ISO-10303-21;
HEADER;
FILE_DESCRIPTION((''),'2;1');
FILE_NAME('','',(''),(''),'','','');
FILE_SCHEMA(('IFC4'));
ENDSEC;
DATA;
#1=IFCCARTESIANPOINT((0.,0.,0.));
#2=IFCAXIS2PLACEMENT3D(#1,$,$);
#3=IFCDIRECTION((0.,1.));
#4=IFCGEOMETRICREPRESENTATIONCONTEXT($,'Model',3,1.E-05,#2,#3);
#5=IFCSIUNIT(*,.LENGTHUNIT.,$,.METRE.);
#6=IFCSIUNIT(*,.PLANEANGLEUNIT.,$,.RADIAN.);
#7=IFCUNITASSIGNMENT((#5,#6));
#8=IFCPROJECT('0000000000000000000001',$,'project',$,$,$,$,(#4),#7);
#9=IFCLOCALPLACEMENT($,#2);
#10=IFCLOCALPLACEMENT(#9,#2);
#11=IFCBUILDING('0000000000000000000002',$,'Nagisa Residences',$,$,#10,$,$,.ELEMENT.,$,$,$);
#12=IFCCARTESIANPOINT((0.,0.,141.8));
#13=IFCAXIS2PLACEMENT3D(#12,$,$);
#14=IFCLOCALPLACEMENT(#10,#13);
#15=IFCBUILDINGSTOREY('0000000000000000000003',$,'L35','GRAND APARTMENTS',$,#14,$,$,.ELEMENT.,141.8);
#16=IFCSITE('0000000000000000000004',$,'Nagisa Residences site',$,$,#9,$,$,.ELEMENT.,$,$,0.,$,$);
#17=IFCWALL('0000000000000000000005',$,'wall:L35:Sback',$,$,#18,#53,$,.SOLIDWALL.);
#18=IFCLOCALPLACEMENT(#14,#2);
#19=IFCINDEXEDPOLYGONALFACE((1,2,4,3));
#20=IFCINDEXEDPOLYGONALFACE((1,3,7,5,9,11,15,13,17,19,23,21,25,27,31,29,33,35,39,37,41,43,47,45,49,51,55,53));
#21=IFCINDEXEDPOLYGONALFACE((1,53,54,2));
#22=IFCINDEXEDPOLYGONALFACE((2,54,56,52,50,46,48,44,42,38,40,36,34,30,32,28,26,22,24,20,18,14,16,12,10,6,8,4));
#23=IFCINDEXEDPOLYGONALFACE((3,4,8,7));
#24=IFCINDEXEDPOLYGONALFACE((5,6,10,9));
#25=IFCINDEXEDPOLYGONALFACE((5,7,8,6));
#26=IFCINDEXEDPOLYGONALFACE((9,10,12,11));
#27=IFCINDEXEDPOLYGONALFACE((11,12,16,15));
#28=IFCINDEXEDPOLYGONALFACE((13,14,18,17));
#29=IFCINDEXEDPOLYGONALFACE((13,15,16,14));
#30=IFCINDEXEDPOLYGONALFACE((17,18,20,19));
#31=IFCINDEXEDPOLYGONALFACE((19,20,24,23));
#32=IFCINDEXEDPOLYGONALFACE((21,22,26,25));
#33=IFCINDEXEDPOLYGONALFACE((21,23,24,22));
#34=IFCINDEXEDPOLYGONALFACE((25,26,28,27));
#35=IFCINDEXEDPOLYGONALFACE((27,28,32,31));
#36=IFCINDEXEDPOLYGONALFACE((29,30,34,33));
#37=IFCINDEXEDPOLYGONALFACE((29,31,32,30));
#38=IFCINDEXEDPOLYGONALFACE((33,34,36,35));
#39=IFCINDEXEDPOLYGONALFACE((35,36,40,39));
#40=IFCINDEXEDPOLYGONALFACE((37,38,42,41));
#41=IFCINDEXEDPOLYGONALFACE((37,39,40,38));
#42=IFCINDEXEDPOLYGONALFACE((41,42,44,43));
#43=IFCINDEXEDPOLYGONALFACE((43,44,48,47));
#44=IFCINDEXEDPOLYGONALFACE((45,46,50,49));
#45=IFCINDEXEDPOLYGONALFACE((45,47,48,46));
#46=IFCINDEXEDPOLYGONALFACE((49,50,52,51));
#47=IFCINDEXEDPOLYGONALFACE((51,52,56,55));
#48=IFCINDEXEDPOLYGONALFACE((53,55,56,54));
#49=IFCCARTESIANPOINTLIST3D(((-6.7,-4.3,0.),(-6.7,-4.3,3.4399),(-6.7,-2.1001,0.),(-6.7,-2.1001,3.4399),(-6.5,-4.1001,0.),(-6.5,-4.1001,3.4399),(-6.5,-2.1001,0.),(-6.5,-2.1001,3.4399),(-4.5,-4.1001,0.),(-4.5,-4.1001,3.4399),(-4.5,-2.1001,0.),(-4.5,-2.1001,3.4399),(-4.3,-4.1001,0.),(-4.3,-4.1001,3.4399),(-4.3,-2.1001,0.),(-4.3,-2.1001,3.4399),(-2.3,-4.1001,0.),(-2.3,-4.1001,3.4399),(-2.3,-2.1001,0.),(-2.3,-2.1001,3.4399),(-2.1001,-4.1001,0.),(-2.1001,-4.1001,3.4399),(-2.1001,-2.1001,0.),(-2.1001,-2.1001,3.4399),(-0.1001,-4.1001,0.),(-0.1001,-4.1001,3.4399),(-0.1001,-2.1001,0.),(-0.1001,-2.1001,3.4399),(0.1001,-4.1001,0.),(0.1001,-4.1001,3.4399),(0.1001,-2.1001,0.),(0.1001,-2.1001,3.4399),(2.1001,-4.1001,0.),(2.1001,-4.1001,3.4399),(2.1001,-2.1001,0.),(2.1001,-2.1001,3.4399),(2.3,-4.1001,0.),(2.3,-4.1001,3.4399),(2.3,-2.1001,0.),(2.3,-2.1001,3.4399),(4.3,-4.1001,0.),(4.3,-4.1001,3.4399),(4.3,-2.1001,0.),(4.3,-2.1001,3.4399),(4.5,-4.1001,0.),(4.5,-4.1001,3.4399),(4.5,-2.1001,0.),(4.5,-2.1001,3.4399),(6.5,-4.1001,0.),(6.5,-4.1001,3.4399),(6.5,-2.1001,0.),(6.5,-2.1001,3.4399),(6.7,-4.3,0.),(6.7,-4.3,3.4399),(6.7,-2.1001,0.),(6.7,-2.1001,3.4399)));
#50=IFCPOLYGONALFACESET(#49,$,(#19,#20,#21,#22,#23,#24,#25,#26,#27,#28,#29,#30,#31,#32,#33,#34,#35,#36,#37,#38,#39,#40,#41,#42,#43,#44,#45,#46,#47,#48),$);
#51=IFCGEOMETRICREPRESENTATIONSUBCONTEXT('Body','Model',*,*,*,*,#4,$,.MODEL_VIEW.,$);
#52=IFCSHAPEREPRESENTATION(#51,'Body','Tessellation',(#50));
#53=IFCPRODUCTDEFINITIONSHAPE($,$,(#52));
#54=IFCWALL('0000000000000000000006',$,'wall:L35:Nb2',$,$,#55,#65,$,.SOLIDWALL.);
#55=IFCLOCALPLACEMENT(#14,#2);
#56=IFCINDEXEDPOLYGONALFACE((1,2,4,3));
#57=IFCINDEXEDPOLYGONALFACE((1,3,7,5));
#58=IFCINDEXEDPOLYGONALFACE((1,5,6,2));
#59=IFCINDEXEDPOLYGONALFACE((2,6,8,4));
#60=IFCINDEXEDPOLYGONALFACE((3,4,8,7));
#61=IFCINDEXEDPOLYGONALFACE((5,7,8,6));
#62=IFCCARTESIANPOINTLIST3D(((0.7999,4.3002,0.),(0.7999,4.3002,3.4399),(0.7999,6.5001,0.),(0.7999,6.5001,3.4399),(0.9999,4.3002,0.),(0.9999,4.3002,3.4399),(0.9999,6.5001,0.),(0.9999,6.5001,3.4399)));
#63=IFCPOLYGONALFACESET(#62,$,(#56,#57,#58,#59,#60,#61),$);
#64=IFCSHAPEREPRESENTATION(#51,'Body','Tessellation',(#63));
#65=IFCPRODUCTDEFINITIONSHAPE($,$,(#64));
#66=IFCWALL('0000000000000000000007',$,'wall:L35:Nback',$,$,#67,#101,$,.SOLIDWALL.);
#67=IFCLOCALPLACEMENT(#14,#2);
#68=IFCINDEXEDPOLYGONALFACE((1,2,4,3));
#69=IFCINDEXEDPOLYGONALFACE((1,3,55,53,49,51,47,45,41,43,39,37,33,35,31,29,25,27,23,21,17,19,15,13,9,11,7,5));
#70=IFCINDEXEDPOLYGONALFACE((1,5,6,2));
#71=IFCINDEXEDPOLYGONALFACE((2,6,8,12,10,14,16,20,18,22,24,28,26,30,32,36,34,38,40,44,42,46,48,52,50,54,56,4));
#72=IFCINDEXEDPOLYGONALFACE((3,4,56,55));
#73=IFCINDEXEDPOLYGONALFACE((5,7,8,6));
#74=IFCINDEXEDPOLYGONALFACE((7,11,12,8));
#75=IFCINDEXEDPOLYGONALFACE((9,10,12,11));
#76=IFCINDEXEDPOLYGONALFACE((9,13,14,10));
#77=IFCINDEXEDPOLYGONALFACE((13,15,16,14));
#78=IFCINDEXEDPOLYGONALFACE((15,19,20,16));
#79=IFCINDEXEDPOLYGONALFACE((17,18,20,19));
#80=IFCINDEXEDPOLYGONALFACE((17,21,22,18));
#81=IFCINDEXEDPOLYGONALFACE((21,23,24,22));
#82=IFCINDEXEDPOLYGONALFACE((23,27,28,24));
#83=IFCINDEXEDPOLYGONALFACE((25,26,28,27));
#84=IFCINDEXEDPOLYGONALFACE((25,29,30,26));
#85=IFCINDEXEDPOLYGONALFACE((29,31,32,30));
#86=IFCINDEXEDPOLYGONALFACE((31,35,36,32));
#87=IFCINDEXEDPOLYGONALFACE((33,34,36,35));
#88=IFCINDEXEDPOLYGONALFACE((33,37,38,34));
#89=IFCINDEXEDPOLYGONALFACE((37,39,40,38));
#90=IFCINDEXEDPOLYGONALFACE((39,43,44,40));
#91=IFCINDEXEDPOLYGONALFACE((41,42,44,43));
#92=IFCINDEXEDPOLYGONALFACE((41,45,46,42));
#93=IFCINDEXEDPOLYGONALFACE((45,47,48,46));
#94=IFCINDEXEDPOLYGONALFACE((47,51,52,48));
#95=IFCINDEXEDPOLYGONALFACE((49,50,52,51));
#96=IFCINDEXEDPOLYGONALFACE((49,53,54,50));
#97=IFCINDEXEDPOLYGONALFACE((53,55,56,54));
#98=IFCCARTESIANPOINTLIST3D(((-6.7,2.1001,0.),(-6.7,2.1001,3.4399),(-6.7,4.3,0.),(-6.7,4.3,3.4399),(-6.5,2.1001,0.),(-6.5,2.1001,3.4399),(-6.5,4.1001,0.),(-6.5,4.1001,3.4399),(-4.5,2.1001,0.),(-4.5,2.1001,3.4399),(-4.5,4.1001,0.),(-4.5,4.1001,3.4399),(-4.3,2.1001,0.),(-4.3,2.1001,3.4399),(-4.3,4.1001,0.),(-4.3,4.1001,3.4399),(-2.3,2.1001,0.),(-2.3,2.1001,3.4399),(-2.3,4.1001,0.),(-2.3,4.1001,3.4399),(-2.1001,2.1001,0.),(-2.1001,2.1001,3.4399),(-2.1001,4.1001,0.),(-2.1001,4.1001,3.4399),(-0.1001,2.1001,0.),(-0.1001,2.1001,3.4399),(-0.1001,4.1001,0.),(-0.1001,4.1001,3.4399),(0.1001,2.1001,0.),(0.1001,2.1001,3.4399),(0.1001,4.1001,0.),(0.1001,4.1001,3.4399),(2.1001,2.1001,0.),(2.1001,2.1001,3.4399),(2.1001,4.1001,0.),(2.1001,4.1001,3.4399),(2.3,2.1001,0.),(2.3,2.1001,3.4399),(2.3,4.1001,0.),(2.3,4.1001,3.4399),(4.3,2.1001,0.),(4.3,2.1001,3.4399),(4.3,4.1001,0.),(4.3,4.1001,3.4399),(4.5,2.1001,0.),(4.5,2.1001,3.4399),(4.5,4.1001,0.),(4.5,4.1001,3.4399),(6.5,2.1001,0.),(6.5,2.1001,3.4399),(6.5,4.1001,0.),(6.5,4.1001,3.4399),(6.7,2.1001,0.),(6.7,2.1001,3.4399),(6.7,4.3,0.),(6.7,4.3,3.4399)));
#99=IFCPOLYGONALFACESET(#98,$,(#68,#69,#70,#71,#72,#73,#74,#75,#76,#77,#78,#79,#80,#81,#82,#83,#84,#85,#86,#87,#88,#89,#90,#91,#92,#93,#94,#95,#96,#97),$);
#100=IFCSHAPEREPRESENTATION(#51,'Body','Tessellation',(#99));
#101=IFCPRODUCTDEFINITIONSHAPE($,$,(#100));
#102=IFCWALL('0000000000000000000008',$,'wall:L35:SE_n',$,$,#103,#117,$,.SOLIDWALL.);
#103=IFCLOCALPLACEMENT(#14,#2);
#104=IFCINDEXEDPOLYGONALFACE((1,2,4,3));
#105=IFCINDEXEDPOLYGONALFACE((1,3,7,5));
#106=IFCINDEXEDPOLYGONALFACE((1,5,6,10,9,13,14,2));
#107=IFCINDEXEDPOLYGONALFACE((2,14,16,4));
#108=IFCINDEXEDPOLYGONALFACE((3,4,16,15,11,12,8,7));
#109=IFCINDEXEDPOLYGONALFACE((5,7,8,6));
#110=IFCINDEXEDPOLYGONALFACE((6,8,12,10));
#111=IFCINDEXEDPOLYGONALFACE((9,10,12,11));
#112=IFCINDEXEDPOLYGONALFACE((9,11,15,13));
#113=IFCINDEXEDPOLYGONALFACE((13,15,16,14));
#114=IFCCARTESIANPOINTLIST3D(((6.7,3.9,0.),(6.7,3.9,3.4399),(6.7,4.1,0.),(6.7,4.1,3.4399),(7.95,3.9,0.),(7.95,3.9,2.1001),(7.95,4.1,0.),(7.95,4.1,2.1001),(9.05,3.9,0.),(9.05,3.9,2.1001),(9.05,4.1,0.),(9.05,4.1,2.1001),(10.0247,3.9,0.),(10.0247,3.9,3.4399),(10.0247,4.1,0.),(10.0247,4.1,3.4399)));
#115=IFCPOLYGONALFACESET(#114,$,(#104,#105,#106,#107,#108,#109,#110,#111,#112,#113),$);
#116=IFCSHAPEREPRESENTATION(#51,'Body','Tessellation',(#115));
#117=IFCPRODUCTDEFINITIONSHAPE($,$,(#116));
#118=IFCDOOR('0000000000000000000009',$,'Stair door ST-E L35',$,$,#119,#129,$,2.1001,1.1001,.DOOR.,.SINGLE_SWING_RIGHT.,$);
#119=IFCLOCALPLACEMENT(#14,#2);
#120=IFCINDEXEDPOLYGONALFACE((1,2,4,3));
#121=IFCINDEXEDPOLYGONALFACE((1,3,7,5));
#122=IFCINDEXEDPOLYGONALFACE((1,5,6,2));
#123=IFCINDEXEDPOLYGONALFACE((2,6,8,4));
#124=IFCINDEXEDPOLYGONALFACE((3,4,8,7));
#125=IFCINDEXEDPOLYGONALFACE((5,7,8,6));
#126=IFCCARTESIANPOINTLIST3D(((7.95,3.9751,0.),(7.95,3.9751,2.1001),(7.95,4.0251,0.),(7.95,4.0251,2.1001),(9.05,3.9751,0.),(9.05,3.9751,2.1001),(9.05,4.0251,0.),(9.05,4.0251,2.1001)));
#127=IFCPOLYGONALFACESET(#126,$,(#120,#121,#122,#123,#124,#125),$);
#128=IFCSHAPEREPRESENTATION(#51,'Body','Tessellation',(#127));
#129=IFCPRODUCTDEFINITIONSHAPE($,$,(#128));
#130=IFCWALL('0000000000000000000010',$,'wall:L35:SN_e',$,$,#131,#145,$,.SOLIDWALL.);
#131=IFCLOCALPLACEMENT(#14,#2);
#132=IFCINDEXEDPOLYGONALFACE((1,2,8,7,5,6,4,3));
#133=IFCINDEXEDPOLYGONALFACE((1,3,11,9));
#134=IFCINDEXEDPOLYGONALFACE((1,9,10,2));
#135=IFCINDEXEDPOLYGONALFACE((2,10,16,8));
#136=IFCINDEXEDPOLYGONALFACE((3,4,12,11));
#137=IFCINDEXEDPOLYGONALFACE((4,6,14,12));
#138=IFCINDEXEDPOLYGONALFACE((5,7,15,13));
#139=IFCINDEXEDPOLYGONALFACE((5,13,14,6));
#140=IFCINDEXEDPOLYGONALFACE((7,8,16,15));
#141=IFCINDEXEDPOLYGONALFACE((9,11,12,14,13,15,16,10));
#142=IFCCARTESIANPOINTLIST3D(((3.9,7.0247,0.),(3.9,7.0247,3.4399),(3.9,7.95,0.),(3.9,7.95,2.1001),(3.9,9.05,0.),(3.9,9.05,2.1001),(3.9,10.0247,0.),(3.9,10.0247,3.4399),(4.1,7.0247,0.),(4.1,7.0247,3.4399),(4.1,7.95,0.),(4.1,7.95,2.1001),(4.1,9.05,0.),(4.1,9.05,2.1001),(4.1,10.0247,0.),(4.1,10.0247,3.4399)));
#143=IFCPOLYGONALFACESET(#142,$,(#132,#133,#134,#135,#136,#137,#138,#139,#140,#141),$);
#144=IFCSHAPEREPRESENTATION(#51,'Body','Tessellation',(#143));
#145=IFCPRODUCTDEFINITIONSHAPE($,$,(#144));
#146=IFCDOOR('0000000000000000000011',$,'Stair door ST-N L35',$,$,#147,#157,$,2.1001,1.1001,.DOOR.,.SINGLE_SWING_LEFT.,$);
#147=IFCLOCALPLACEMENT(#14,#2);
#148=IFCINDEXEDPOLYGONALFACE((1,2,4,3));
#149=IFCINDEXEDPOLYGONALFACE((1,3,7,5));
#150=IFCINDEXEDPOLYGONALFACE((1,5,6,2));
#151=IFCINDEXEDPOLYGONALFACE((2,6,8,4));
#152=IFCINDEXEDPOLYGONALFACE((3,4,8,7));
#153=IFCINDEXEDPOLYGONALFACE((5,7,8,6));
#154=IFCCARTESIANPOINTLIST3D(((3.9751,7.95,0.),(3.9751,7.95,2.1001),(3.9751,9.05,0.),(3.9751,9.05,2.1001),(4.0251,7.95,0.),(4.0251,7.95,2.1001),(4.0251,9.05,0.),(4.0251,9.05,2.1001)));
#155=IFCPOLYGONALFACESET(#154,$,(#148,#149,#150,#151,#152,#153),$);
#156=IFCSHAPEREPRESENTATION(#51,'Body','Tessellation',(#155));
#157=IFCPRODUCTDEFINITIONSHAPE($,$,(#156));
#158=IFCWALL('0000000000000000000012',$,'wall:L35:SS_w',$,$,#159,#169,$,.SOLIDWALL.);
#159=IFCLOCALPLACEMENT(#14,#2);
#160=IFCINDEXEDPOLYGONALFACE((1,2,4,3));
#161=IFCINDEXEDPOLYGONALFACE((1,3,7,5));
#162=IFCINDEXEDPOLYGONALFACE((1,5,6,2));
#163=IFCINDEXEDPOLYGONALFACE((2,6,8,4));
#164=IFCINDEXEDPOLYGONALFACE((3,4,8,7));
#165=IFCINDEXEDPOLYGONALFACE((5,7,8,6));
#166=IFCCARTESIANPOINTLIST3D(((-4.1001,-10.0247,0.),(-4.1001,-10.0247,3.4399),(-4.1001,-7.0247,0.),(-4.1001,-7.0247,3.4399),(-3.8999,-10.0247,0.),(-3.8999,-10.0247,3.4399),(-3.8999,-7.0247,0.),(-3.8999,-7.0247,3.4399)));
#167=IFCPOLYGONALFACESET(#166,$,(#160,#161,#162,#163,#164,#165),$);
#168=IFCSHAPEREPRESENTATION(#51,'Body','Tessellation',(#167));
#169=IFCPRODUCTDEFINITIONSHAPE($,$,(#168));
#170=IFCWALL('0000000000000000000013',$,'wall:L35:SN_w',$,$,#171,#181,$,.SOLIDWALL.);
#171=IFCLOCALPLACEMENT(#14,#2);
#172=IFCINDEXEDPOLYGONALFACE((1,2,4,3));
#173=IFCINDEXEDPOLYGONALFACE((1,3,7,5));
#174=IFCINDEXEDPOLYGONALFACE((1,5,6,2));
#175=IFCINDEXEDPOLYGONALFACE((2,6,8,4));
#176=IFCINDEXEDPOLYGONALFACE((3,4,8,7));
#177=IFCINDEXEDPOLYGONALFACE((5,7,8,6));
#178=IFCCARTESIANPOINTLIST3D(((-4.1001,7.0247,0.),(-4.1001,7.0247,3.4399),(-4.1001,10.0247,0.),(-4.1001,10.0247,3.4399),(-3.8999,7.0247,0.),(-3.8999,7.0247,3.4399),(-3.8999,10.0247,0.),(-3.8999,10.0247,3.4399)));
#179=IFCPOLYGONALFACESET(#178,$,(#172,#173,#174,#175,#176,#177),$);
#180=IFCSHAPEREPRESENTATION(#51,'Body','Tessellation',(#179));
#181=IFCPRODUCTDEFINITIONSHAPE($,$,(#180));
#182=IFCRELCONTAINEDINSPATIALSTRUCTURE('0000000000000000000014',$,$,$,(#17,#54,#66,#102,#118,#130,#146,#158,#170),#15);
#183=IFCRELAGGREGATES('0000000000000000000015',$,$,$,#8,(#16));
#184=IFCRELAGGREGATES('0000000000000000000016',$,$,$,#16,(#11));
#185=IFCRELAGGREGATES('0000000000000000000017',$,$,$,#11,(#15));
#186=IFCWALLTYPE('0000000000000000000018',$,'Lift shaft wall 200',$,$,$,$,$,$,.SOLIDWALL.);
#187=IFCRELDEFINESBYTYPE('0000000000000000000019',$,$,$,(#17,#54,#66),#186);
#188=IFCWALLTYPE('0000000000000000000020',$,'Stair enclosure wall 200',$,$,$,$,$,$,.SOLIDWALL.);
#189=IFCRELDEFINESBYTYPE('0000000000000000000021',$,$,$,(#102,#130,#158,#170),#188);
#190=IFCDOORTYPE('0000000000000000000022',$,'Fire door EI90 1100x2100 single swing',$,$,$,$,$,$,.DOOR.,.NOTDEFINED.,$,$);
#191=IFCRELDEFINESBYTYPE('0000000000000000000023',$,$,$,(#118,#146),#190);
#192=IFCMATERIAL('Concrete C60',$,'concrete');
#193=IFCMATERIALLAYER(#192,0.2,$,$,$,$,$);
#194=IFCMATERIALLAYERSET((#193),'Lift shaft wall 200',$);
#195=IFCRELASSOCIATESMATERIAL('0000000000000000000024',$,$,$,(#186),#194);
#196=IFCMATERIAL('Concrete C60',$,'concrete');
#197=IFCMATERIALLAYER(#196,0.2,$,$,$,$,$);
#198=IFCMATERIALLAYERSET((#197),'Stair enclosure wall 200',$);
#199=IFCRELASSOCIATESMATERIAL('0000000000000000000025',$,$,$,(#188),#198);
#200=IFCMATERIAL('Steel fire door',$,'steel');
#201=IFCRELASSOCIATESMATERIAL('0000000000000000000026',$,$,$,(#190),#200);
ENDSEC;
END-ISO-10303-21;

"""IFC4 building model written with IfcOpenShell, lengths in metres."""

from ifc_helpers import new_model, si_unit, direction, frame, frame_2d, origin, place, context, subcontext, project, spatial, polyline, rectangle, outline, extrude, material, layer, layer_set, type_object, element, fill, save


model = new_model("IFC4")

# Units and contexts
model_context = context("Model", 3, precision=1e-05, world=origin(), true_north=direction((0.0, 1.0)))
body_context = subcontext(model_context, "Body", "Model", "MODEL_VIEW")
ifc_project = project(units=[si_unit("LENGTHUNIT", "METRE"), si_unit("PLANEANGLEUNIT", "RADIAN")], contexts=[model_context])

# Site, building, storey
site_placement = place(None, origin())
site = spatial("IfcSite", under=ifc_project, at=site_placement, Name="Nagisa Residences site", CompositionType="ELEMENT", RefElevation=0.0)
building_placement = place(site_placement, origin())
building = spatial("IfcBuilding", under=site, at=building_placement, Name="Nagisa Residences", CompositionType="ELEMENT")
storey_placement = place(building_placement, frame((0.0, 0.0, 141.8)))
storey = spatial("IfcBuildingStorey", under=building, at=storey_placement, Name="L35", Description="GRAND APARTMENTS", CompositionType="ELEMENT", Elevation=141.8)

# Shared definitions
ifc_material_1 = material(Name="Concrete C60", Category="concrete")
ifc_layer_1 = layer(ifc_material_1, 0.2)
ifc_layer_set_1 = layer_set([ifc_layer_1], Name="Lift shaft wall 200")
wall_type_1 = type_object("IfcWallType", Name="Lift shaft wall 200", PredefinedType="SOLIDWALL", material=ifc_layer_set_1)

# Walls
wall_1_placement = place(storey_placement, origin())
element("IfcWall", 1, at=wall_1_placement, inside=storey, type_object=wall_type_1, Name="wall:L35:Sback", PredefinedType="SOLIDWALL", context=body_context, shape_type="SweptSolid", body=[
    extrude(outline(polyline([(-6.7, -2.1001), (-6.5, -2.1001), (-6.5, -4.1001), (-4.5, -4.1001), (-4.5, -2.1001), (-4.3, -2.1001), (-4.3, -4.1001), (-2.3, -4.1001), (-2.3, -2.1001), (-2.1001, -2.1001), (-2.1001, -4.1001), (-0.1001, -4.1001), (-0.1001, -2.1001), (0.1001, -2.1001), (0.1001, -4.1001), (2.1001, -4.1001), (2.1001, -2.1001), (2.3, -2.1001), (2.3, -4.1001), (4.3, -4.1001), (4.3, -2.1001), (4.5, -2.1001), (4.5, -4.1001), (6.5, -4.1001), (6.5, -2.1001), (6.7, -2.1001), (6.7, -4.3), (-6.7, -4.3), (-6.7, -2.1001)])), origin(), (0.0, 0.0, 1.0), 3.4399),
])
wall_2_placement = place(storey_placement, frame((0.8999, 4.3, 0.0), z_axis=(0.0, 0.0, 1.0), x_axis=(0.0, 1.0, 0.0)))
element("IfcWall", 2, at=wall_2_placement, inside=storey, type_object=wall_type_1, Name="wall:L35:Nb2", PredefinedType="SOLIDWALL", context=body_context, shape_type="SweptSolid", body=[
    extrude(rectangle(XDim=2.2, YDim=0.2, at=frame_2d((1.1001, 0.0))), origin(), (0.0, 0.0, 1.0), 3.4399),
])
wall_3_placement = place(storey_placement, origin())
element("IfcWall", 3, at=wall_3_placement, inside=storey, type_object=wall_type_1, Name="wall:L35:Nback", PredefinedType="SOLIDWALL", context=body_context, shape_type="SweptSolid", body=[
    extrude(outline(polyline([(-6.5, 2.1001), (-6.7, 2.1001), (-6.7, 4.3), (6.7, 4.3), (6.7, 2.1001), (6.5, 2.1001), (6.5, 4.1001), (4.5, 4.1001), (4.5, 2.1001), (4.3, 2.1001), (4.3, 4.1001), (2.3, 4.1001), (2.3, 2.1001), (2.1001, 2.1001), (2.1001, 4.1001), (0.1001, 4.1001), (0.1001, 2.1001), (-0.1001, 2.1001), (-0.1001, 4.1001), (-2.1001, 4.1001), (-2.1001, 2.1001), (-2.3, 2.1001), (-2.3, 4.1001), (-4.3, 4.1001), (-4.3, 2.1001), (-4.5, 2.1001), (-4.5, 4.1001), (-6.5, 4.1001), (-6.5, 2.1001)])), origin(), (0.0, 0.0, 1.0), 3.4399),
])

# Walls, openings, doors
ifc_material_2 = material(Name="Concrete C60", Category="concrete")
ifc_layer_2 = layer(ifc_material_2, 0.2)
ifc_layer_set_2 = layer_set([ifc_layer_2], Name="Stair enclosure wall 200")
wall_type_2 = type_object("IfcWallType", Name="Stair enclosure wall 200", PredefinedType="SOLIDWALL", material=ifc_layer_set_2)
wall_4_placement = place(storey_placement, frame((6.7, 4.0, 0.0), z_axis=(0.0, 0.0, 1.0), x_axis=(1.0, 0.0, 0.0)))
wall_4 = element("IfcWall", 4, at=wall_4_placement, inside=storey, type_object=wall_type_2, Name="wall:L35:SE_n", PredefinedType="SOLIDWALL", context=body_context, shape_type="SweptSolid", body=[
    extrude(rectangle(XDim=3.3247, YDim=0.2, at=frame_2d((1.6624, 0.0))), origin(), (0.0, 0.0, 1.0), 3.4399),
])
opening_1_placement = place(wall_4_placement, frame((1.25, 0.0, 0.0)))
opening_1 = element("IfcOpeningElement", 5, at=opening_1_placement, cuts=wall_4, PredefinedType="OPENING", context=body_context, shape_type="SweptSolid", body=[
    extrude(rectangle(XDim=1.1001, YDim=2.1001, at=frame_2d((0.55, 1.05))), frame((0.0, 0.1099, 0.0), z_axis=(0.0, -1.0, 0.0), x_axis=(1.0, 0.0, 0.0)), (0.0, 0.0, 1.0), 0.22),
])
ifc_material_3 = material(Name="Steel fire door", Category="steel")
door_type_1 = type_object("IfcDoorType", Name="Fire door EI90 1100x2100 single swing", OperationType="NOTDEFINED", PredefinedType="DOOR", material=ifc_material_3)
door_1_placement = place(opening_1_placement, frame((1.1001, 0.0, 0.0), x_axis=(-1.0, 0.0, 0.0)))
door_1 = element("IfcDoor", 6, at=door_1_placement, inside=storey, type_object=door_type_1, Name="Stair door ST-E L35", OperationType="SINGLE_SWING_RIGHT", OverallHeight=2.1001, OverallWidth=1.1001, PredefinedType="DOOR", context=body_context, shape_type="SweptSolid", body=[
    extrude(rectangle(XDim=1.1001, YDim=2.1001, at=frame_2d((0.55, 1.05))), frame((0.0, 0.0249, 0.0), z_axis=(0.0, -1.0, 0.0), x_axis=(1.0, 0.0, 0.0)), (0.0, 0.0, 1.0), 0.05),
])
fill(opening_1, door_1)
wall_5_placement = place(storey_placement, frame((4.0, 7.0247, 0.0), z_axis=(0.0, 0.0, 1.0), x_axis=(0.0, 1.0, 0.0)))
wall_5 = element("IfcWall", 7, at=wall_5_placement, inside=storey, type_object=wall_type_2, Name="wall:L35:SN_e", PredefinedType="SOLIDWALL", context=body_context, shape_type="SweptSolid", body=[
    extrude(rectangle(XDim=3.0, YDim=0.2, at=frame_2d((1.5, 0.0))), origin(), (0.0, 0.0, 1.0), 3.4399),
])
opening_2_placement = place(wall_5_placement, frame((0.9253, 0.0, 0.0)))
opening_2 = element("IfcOpeningElement", 8, at=opening_2_placement, cuts=wall_5, PredefinedType="OPENING", context=body_context, shape_type="SweptSolid", body=[
    extrude(rectangle(XDim=1.1001, YDim=2.1001, at=frame_2d((0.55, 1.05))), frame((0.0, 0.1099, 0.0), z_axis=(0.0, -1.0, 0.0), x_axis=(1.0, 0.0, 0.0)), (0.0, 0.0, 1.0), 0.22),
])
door_2_placement = place(opening_2_placement, origin())
door_2 = element("IfcDoor", 9, at=door_2_placement, inside=storey, type_object=door_type_1, Name="Stair door ST-N L35", OperationType="SINGLE_SWING_LEFT", OverallHeight=2.1001, OverallWidth=1.1001, PredefinedType="DOOR", context=body_context, shape_type="SweptSolid", body=[
    extrude(rectangle(XDim=1.1001, YDim=2.1001, at=frame_2d((0.55, 1.05))), frame((0.0, 0.0249, 0.0), z_axis=(0.0, -1.0, 0.0), x_axis=(1.0, 0.0, 0.0)), (0.0, 0.0, 1.0), 0.05),
])
fill(opening_2, door_2)

# Walls
wall_6_placement = place(storey_placement, origin())
element("IfcWall", 10, at=wall_6_placement, inside=storey, type_object=wall_type_2, Name="wall:L35:SS_w", PredefinedType="SOLIDWALL", context=body_context, shape_type="SweptSolid", body=[
    extrude(outline(polyline([(-3.8999, -10.0247), (-4.1001, -10.0247), (-4.1001, -7.0247), (-3.8999, -7.0247), (-3.8999, -10.0247)])), origin(), (0.0, 0.0, 1.0), 3.4399),
])
wall_7_placement = place(storey_placement, origin())
element("IfcWall", 11, at=wall_7_placement, inside=storey, type_object=wall_type_2, Name="wall:L35:SN_w", PredefinedType="SOLIDWALL", context=body_context, shape_type="SweptSolid", body=[
    extrude(outline(polyline([(-3.8999, 7.0247), (-4.1001, 7.0247), (-4.1001, 10.0247), (-3.8999, 10.0247), (-3.8999, 7.0247)])), origin(), (0.0, 0.0, 1.0), 3.4399),
])

save(model, "model.ifc")
